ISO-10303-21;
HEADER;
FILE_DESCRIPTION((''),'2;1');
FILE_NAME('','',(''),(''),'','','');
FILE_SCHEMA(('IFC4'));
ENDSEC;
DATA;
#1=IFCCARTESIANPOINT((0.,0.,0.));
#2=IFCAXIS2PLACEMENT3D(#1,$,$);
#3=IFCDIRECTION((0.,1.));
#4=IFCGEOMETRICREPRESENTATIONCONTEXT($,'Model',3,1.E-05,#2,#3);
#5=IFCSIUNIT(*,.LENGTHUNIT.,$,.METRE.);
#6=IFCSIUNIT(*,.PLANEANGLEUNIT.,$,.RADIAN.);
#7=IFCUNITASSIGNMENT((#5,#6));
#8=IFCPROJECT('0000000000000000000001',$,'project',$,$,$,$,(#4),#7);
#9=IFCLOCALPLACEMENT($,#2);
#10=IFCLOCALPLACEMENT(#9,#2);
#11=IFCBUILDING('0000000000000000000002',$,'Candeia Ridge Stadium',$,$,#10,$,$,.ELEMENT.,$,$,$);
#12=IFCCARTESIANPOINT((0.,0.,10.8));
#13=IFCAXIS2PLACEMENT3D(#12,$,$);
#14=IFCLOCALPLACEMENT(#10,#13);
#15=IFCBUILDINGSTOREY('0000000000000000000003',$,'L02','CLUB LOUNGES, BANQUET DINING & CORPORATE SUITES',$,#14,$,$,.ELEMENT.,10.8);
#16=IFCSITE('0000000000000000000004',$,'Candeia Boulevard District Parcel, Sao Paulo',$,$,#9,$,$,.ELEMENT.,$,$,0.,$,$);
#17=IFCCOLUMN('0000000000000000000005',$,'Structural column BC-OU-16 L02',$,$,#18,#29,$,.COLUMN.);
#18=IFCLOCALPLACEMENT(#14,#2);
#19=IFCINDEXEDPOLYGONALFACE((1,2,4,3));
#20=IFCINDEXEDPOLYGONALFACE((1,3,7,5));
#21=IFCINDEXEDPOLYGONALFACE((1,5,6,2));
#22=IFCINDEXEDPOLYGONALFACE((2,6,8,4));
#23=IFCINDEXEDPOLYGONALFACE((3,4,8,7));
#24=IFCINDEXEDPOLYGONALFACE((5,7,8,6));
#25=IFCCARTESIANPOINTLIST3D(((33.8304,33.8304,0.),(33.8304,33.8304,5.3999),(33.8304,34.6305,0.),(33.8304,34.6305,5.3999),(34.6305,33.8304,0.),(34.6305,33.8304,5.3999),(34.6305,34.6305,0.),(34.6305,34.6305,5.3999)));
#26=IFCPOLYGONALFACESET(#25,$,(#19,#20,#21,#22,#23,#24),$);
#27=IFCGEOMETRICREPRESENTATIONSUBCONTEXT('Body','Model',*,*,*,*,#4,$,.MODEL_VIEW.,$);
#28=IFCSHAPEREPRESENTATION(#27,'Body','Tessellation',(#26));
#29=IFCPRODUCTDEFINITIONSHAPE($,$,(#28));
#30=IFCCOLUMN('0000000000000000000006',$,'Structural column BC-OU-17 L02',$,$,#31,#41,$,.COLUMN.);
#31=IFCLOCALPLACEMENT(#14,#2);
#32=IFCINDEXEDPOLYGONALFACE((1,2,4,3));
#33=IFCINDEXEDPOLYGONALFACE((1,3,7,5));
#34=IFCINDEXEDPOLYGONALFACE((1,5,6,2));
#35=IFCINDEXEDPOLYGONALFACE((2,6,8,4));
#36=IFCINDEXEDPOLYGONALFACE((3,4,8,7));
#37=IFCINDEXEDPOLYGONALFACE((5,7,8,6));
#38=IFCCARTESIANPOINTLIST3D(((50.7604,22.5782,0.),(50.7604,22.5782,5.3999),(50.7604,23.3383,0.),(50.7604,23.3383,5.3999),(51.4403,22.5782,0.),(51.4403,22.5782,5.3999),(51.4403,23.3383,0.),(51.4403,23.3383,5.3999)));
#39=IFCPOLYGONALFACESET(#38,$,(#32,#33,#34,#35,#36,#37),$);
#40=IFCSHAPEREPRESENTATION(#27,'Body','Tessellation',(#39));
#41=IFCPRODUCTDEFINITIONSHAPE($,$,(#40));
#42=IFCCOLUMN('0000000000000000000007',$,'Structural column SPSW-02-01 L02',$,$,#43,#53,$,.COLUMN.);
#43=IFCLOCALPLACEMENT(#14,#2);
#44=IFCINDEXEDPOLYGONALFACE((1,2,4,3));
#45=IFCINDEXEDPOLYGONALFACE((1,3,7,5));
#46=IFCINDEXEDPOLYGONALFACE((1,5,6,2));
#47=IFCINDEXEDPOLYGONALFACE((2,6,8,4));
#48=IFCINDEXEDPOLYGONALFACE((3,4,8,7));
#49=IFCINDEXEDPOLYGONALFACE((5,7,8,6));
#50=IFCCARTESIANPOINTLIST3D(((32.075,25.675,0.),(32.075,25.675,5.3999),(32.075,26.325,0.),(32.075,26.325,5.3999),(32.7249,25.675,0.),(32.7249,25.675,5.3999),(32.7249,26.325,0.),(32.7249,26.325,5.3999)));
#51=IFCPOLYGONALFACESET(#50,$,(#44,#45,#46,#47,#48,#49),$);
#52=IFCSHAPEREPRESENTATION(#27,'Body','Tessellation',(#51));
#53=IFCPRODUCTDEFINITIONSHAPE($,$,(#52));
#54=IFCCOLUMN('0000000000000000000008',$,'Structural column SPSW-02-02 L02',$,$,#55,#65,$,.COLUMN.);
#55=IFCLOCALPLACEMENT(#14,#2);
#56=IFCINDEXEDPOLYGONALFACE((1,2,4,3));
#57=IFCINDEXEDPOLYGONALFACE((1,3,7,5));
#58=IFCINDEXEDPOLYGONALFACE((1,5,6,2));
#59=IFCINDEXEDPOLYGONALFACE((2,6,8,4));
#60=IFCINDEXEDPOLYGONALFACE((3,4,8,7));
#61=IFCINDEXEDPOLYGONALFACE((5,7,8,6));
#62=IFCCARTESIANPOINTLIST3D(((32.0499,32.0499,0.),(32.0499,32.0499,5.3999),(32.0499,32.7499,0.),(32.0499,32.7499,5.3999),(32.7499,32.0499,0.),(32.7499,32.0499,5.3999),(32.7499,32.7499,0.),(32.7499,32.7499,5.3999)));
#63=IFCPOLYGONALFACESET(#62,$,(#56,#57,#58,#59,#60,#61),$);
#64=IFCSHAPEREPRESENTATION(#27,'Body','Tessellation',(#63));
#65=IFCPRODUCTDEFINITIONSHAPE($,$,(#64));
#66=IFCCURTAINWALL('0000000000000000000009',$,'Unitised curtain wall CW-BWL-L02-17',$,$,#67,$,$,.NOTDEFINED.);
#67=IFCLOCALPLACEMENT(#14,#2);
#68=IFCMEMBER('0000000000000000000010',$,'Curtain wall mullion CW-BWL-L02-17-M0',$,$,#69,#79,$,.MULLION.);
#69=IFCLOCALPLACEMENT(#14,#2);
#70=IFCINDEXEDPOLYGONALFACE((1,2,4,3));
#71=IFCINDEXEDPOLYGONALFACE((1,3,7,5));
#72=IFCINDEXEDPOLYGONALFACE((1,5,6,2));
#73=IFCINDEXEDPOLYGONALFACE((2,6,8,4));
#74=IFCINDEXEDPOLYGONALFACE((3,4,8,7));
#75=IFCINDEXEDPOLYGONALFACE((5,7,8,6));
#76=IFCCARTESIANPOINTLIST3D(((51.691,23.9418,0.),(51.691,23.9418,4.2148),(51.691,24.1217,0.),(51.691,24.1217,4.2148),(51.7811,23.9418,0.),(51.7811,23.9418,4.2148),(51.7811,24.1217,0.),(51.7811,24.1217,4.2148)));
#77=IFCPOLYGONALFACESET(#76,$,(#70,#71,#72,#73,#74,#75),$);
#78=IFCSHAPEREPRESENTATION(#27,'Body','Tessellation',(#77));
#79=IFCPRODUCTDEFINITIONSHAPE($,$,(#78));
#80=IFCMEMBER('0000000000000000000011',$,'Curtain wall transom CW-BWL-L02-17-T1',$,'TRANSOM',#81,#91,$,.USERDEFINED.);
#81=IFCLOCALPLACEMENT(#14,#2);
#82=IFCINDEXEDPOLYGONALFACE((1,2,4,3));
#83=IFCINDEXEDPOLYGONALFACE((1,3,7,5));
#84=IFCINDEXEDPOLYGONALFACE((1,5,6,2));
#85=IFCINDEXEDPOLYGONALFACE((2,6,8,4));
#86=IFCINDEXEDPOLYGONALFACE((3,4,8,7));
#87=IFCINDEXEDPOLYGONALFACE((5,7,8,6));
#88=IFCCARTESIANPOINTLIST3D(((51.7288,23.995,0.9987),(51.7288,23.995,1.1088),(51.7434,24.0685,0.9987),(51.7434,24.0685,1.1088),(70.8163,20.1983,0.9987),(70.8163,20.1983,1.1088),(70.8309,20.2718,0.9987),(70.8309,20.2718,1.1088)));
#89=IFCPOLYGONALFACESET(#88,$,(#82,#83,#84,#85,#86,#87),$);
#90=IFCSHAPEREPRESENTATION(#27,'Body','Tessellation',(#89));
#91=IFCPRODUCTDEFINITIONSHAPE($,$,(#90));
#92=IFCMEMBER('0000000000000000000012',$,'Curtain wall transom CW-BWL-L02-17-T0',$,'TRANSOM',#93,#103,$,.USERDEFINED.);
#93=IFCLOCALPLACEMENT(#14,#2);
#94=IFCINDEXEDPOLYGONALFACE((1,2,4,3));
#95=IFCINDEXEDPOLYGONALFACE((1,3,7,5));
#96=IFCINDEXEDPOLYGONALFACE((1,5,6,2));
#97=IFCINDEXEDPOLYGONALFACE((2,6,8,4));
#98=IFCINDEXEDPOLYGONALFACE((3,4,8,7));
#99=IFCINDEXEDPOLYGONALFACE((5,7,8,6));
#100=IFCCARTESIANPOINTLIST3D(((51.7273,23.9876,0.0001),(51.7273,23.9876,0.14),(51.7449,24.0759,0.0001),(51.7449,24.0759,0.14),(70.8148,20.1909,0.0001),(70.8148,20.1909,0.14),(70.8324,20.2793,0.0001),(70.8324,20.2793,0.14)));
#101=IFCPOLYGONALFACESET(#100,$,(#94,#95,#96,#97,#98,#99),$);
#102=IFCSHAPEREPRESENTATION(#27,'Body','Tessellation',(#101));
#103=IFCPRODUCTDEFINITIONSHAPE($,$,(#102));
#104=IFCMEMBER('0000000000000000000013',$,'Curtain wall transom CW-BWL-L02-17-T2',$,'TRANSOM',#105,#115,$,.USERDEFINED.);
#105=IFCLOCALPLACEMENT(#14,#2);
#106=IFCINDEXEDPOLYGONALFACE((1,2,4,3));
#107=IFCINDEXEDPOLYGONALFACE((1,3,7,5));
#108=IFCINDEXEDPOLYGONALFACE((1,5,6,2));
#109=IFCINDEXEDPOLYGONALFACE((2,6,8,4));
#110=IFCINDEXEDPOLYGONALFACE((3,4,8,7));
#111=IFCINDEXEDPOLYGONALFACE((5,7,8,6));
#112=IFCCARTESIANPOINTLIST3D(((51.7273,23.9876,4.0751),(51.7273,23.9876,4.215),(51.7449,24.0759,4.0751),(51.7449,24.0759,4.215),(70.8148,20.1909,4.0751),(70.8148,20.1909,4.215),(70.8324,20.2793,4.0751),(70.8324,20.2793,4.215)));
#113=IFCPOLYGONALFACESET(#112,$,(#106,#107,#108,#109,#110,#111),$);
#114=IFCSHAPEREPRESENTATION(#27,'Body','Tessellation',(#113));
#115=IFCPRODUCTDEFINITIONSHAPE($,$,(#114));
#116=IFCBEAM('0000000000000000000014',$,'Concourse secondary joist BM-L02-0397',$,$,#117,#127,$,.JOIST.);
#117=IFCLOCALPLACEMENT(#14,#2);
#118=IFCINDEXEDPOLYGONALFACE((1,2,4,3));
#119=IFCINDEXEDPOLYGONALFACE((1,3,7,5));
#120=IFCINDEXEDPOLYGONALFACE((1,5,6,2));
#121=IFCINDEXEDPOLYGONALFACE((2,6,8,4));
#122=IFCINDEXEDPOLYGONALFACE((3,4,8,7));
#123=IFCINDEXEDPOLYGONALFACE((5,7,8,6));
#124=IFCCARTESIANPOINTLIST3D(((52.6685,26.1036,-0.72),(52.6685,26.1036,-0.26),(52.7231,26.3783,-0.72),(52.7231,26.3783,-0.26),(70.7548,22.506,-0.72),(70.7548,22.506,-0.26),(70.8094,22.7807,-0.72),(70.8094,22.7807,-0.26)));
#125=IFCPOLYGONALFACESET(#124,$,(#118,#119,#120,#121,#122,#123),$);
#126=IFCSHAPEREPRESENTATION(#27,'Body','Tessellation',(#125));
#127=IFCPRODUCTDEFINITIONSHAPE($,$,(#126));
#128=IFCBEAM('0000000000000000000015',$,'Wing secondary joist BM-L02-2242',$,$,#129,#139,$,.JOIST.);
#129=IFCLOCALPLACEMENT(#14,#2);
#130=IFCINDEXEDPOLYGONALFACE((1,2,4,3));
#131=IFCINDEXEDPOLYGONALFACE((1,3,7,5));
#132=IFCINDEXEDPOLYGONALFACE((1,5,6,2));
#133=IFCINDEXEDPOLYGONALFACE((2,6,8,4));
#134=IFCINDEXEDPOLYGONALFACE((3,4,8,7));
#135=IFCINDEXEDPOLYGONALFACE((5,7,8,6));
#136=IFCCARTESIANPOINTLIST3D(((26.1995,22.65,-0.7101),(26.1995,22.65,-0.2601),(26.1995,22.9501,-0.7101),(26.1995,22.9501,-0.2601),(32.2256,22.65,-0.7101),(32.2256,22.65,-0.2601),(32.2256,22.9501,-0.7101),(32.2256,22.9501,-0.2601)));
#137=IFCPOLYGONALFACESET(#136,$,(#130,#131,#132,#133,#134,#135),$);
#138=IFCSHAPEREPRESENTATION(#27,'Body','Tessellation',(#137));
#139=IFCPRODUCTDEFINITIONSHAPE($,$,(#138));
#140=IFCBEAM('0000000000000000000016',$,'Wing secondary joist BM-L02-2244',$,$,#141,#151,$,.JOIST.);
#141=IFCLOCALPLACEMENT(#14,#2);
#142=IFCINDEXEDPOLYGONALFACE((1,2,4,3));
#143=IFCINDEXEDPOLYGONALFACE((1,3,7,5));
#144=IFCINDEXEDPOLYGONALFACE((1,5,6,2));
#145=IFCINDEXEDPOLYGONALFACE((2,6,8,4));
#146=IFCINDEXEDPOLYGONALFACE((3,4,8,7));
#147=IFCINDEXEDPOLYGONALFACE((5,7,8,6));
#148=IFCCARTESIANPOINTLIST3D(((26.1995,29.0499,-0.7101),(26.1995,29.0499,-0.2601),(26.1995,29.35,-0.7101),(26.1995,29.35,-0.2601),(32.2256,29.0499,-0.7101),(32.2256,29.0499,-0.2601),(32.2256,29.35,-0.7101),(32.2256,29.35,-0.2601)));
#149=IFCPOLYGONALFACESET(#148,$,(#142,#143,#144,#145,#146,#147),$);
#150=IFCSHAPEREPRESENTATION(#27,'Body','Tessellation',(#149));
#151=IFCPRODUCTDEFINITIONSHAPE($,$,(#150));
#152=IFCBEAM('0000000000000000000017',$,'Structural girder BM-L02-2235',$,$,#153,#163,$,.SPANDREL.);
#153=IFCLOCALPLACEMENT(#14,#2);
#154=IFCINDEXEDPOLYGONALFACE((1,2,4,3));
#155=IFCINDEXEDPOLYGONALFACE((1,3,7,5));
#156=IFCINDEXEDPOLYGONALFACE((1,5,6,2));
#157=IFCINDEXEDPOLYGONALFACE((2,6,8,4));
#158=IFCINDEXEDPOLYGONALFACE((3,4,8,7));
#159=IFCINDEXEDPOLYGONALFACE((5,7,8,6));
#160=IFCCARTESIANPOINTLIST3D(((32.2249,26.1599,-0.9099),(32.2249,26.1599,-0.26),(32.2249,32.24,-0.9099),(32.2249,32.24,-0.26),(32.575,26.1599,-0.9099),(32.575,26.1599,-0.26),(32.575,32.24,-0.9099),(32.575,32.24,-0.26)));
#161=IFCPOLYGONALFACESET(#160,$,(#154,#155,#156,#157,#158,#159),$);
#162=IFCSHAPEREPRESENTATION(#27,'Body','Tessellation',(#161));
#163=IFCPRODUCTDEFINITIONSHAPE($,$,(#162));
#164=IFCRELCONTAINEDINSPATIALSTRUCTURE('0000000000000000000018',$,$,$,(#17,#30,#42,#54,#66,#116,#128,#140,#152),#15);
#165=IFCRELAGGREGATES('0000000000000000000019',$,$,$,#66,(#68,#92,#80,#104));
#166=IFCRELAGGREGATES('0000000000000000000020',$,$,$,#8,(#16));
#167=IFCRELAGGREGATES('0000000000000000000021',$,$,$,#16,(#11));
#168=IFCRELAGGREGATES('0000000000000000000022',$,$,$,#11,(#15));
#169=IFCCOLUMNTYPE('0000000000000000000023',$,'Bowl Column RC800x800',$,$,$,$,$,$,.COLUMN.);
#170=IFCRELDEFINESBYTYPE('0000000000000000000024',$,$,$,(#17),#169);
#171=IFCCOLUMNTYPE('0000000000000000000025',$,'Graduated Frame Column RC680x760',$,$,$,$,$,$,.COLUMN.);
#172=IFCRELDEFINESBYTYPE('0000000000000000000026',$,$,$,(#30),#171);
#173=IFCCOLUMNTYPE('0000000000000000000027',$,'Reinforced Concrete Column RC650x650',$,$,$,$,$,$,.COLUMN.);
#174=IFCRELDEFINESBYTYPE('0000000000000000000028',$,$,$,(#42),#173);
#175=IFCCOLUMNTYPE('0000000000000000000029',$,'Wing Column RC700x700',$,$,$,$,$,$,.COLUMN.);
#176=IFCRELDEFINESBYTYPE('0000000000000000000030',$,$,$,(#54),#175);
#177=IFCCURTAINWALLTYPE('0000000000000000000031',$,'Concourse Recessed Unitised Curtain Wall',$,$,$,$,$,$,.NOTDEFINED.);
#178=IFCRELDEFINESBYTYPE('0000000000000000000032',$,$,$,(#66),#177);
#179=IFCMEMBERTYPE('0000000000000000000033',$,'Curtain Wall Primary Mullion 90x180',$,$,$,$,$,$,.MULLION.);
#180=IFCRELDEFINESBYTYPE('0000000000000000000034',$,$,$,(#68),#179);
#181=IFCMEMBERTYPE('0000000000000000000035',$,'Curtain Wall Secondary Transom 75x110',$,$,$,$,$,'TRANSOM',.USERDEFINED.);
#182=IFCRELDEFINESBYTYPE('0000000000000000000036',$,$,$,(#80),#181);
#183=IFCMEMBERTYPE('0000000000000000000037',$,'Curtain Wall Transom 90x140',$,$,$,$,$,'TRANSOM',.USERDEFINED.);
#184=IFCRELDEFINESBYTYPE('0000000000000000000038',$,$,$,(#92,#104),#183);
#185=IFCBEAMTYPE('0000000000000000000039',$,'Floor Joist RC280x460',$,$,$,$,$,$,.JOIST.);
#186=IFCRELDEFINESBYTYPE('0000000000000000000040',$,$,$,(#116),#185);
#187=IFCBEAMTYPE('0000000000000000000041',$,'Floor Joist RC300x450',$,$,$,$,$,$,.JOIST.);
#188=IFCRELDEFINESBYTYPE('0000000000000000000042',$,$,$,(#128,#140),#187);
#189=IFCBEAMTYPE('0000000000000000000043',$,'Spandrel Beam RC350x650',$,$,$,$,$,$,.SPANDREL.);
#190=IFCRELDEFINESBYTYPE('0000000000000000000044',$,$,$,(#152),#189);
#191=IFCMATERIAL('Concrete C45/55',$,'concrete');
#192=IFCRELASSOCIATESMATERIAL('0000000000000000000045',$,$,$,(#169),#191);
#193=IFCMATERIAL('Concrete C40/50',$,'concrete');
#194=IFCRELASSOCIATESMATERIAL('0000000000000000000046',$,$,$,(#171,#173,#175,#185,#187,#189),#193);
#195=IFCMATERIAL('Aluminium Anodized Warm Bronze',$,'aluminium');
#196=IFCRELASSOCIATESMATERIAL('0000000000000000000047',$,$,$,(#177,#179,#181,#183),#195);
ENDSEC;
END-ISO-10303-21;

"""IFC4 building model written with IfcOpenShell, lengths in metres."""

from ifc_helpers import new_model, si_unit, direction, frame, origin, origin_2d, place, context, subcontext, project, spatial, rectangle, extrude, material, material_profile, profile_set, type_object, element, aggregate, save


model = new_model("IFC4")

# Units and contexts
model_context = context("Model", 3, precision=1e-05, world=origin(), true_north=direction((0.0, 1.0)))
body_context = subcontext(model_context, "Body", "Model", "MODEL_VIEW")
ifc_project = project(units=[si_unit("LENGTHUNIT", "METRE"), si_unit("PLANEANGLEUNIT", "RADIAN")], contexts=[model_context])

# Site, building, storey
site_placement = place(None, origin())
site = spatial("IfcSite", under=ifc_project, at=site_placement, Name="Candeia Boulevard District Parcel, Sao Paulo", CompositionType="ELEMENT", RefElevation=0.0)
building_placement = place(site_placement, origin())
building = spatial("IfcBuilding", under=site, at=building_placement, Name="Candeia Ridge Stadium", CompositionType="ELEMENT")
storey_placement = place(building_placement, frame((0.0, 0.0, 10.8)))
storey = spatial("IfcBuildingStorey", under=building, at=storey_placement, Name="L02", Description="CLUB LOUNGES, BANQUET DINING & CORPORATE SUITES", CompositionType="ELEMENT", Elevation=10.8)

# Columns
ifc_material_1 = material(Name="Concrete C45/55", Category="concrete")
ifc_material_profile_1 = material_profile(ifc_material_1, rectangle(XDim=0.8, YDim=0.8, at=origin_2d()), Name="RC800x800", Category="concrete")
ifc_profile_set_1 = profile_set([ifc_material_profile_1], Name="Concrete C45/55")
column_type_1 = type_object("IfcColumnType", Name="Bowl Column RC800x800", PredefinedType="COLUMN", material=ifc_profile_set_1)
column_1_placement = place(storey_placement, frame((34.2305, 34.2305, 0.0), z_axis=(0.0, 0.0, 1.0), x_axis=(1.0, 0.0, 0.0)))
element("IfcColumn", 1, at=column_1_placement, inside=storey, type_object=column_type_1, Name="Structural column BC-OU-16 L02", PredefinedType="COLUMN", context=body_context, shape_type="SweptSolid", body=[
    extrude(rectangle(XDim=0.8, YDim=0.8, at=origin_2d()), origin(), (0.0, 0.0, 1.0), 5.3999),
])
ifc_material_2 = material(Name="Concrete C40/50", Category="concrete")
ifc_material_profile_2 = material_profile(ifc_material_2, rectangle(XDim=0.6799, YDim=0.76, at=origin_2d()), Name="RC680x760", Category="concrete")
ifc_profile_set_2 = profile_set([ifc_material_profile_2], Name="Concrete C40/50")
column_type_2 = type_object("IfcColumnType", Name="Graduated Frame Column RC680x760", PredefinedType="COLUMN", material=ifc_profile_set_2)
column_2_placement = place(storey_placement, frame((51.1003, 22.9583, 0.0), z_axis=(0.0, 0.0, 1.0), x_axis=(1.0, 0.0, 0.0)))
element("IfcColumn", 2, at=column_2_placement, inside=storey, type_object=column_type_2, Name="Structural column BC-OU-17 L02", PredefinedType="COLUMN", context=body_context, shape_type="SweptSolid", body=[
    extrude(rectangle(XDim=0.6799, YDim=0.76, at=origin_2d()), origin(), (0.0, 0.0, 1.0), 5.3999),
])
ifc_material_profile_3 = material_profile(ifc_material_2, rectangle(XDim=0.6499, YDim=0.6499, at=origin_2d()), Name="RC650x650", Category="concrete")
ifc_profile_set_3 = profile_set([ifc_material_profile_3], Name="Concrete C40/50")
column_type_3 = type_object("IfcColumnType", Name="Reinforced Concrete Column RC650x650", PredefinedType="COLUMN", material=ifc_profile_set_3)
column_3_placement = place(storey_placement, frame((32.3999, 26.0, 0.0), z_axis=(0.0, 0.0, 1.0), x_axis=(1.0, 0.0, 0.0)))
element("IfcColumn", 3, at=column_3_placement, inside=storey, type_object=column_type_3, Name="Structural column SPSW-02-01 L02", PredefinedType="COLUMN", context=body_context, shape_type="SweptSolid", body=[
    extrude(rectangle(XDim=0.6499, YDim=0.6499, at=origin_2d()), origin(), (0.0, 0.0, 1.0), 5.3999),
])
ifc_material_profile_4 = material_profile(ifc_material_2, rectangle(XDim=0.7, YDim=0.7, at=origin_2d()), Name="RC700x700", Category="concrete")
ifc_profile_set_4 = profile_set([ifc_material_profile_4], Name="Concrete C40/50")
column_type_4 = type_object("IfcColumnType", Name="Wing Column RC700x700", PredefinedType="COLUMN", material=ifc_profile_set_4)
column_4_placement = place(storey_placement, frame((32.3999, 32.3999, 0.0), z_axis=(0.0, 0.0, 1.0), x_axis=(1.0, 0.0, 0.0)))
element("IfcColumn", 4, at=column_4_placement, inside=storey, type_object=column_type_4, Name="Structural column SPSW-02-02 L02", PredefinedType="COLUMN", context=body_context, shape_type="SweptSolid", body=[
    extrude(rectangle(XDim=0.7, YDim=0.7, at=origin_2d()), origin(), (0.0, 0.0, 1.0), 5.3999),
])

# Curtain wall, members
ifc_material_3 = material(Name="Aluminium Anodized Warm Bronze", Category="aluminium")
curtain_wall_type = type_object("IfcCurtainWallType", Name="Concourse Recessed Unitised Curtain Wall", PredefinedType="NOTDEFINED", material=ifc_material_3)
curtain_wall_placement = place(storey_placement, origin())
curtain_wall = element("IfcCurtainWall", 5, at=curtain_wall_placement, inside=storey, type_object=curtain_wall_type, Name="Unitised curtain wall CW-BWL-L02-17", PredefinedType="NOTDEFINED")
ifc_material_profile_5 = material_profile(ifc_material_3, rectangle(XDim=0.0901, YDim=0.1799, at=origin_2d()), Name="CWM-90x180", Category="aluminium")
ifc_profile_set_5 = profile_set([ifc_material_profile_5], Name="Aluminium Anodized Warm Bronze")
member_type_1 = type_object("IfcMemberType", Name="Curtain Wall Primary Mullion 90x180", PredefinedType="MULLION", material=ifc_profile_set_5)
member_1_placement = place(storey_placement, frame((51.7361, 24.0317, 0.0), z_axis=(0.0, 0.0, 1.0), x_axis=(1.0, 0.0, 0.0)))
member_1 = element("IfcMember", 6, at=member_1_placement, type_object=member_type_1, Name="Curtain wall mullion CW-BWL-L02-17-M0", PredefinedType="MULLION", context=body_context, shape_type="SweptSolid", body=[
    extrude(rectangle(XDim=0.0901, YDim=0.1799, at=origin_2d()), origin(), (0.0, 0.0, 1.0), 4.2148),
])
ifc_material_profile_6 = material_profile(ifc_material_3, rectangle(XDim=0.075, YDim=0.1101, at=origin_2d()), Name="CWT-75x110", Category="aluminium")
ifc_profile_set_6 = profile_set([ifc_material_profile_6], Name="Aluminium Anodized Warm Bronze")
member_type_2 = type_object("IfcMemberType", Name="Curtain Wall Secondary Transom 75x110", ElementType="TRANSOM", PredefinedType="USERDEFINED", material=ifc_profile_set_6)
member_2_placement = place(storey_placement, frame((51.7361, 24.0317, 1.0537), z_axis=(0.980786, -0.195086, 0.0), x_axis=(0.195086, 0.980786, 0.0)))
member_2 = element("IfcMember", 7, at=member_2_placement, type_object=member_type_2, Name="Curtain wall transom CW-BWL-L02-17-T1", ObjectType="TRANSOM", PredefinedType="USERDEFINED", context=body_context, shape_type="SweptSolid", body=[
    extrude(rectangle(XDim=0.075, YDim=0.1101, at=origin_2d()), origin(), (0.0, 0.0, 1.0), 19.4614),
])
ifc_material_profile_7 = material_profile(ifc_material_3, rectangle(XDim=0.0901, YDim=0.1399, at=origin_2d()), Name="CWT-90x140", Category="aluminium")
ifc_profile_set_7 = profile_set([ifc_material_profile_7], Name="Aluminium Anodized Warm Bronze")
member_type_3 = type_object("IfcMemberType", Name="Curtain Wall Transom 90x140", ElementType="TRANSOM", PredefinedType="USERDEFINED", material=ifc_profile_set_7)
member_3_placement = place(storey_placement, frame((51.7361, 24.0317, 0.0701), z_axis=(0.980786, -0.195086, 0.0), x_axis=(0.195086, 0.980786, 0.0)))
member_3 = element("IfcMember", 8, at=member_3_placement, type_object=member_type_3, Name="Curtain wall transom CW-BWL-L02-17-T0", ObjectType="TRANSOM", PredefinedType="USERDEFINED", context=body_context, shape_type="SweptSolid", body=[
    extrude(rectangle(XDim=0.0901, YDim=0.1399, at=origin_2d()), origin(), (0.0, 0.0, 1.0), 19.4614),
])
member_4_placement = place(storey_placement, frame((51.7361, 24.0317, 4.145), z_axis=(0.980786, -0.195086, 0.0), x_axis=(0.195086, 0.980786, 0.0)))
member_4 = element("IfcMember", 9, at=member_4_placement, type_object=member_type_3, Name="Curtain wall transom CW-BWL-L02-17-T2", ObjectType="TRANSOM", PredefinedType="USERDEFINED", context=body_context, shape_type="SweptSolid", body=[
    extrude(rectangle(XDim=0.0901, YDim=0.1399, at=origin_2d()), origin(), (0.0, 0.0, 1.0), 19.4614),
])
aggregate(curtain_wall, [member_1, member_3, member_2, member_4])

# Beams
ifc_material_profile_8 = material_profile(ifc_material_2, rectangle(XDim=0.28, YDim=0.46, at=origin_2d()), Name="RC280x460", Category="concrete")
ifc_profile_set_8 = profile_set([ifc_material_profile_8], Name="Concrete C40/50")
beam_type_1 = type_object("IfcBeamType", Name="Floor Joist RC280x460", PredefinedType="JOIST", material=ifc_profile_set_8)
beam_1_placement = place(storey_placement, frame((52.6958, 26.241, -0.49), z_axis=(0.980785, -0.195093, 0.0), x_axis=(0.195093, 0.980785, 0.0)))
element("IfcBeam", 10, at=beam_1_placement, inside=storey, type_object=beam_type_1, Name="Concourse secondary joist BM-L02-0397", PredefinedType="JOIST", context=body_context, shape_type="SweptSolid", body=[
    extrude(rectangle(XDim=0.28, YDim=0.46, at=origin_2d()), origin(), (0.0, 0.0, 1.0), 18.4407),
])
ifc_material_profile_9 = material_profile(ifc_material_2, rectangle(XDim=0.3, YDim=0.45, at=origin_2d()), Name="RC300x450", Category="concrete")
ifc_profile_set_9 = profile_set([ifc_material_profile_9], Name="Concrete C40/50")
beam_type_2 = type_object("IfcBeamType", Name="Floor Joist RC300x450", PredefinedType="JOIST", material=ifc_profile_set_9)
for number, where, z_axis, x_axis, name in (
    (11, (26.1995, 22.8, -0.4851), (1.0, 0.0, 0.0), (0.0, 1.0, 0.0), "Wing secondary joist BM-L02-2242"),
    (12, (26.1995, 29.2, -0.4851), (1.0, 0.0, 0.0), (0.0, 1.0, 0.0), "Wing secondary joist BM-L02-2244"),
):
    element("IfcBeam", number, at=place(storey_placement, frame(where, z_axis=z_axis, x_axis=x_axis)), inside=storey, type_object=beam_type_2, Name=name, PredefinedType="JOIST", context=body_context, shape_type="SweptSolid", body=[
        extrude(rectangle(XDim=0.3, YDim=0.45, at=origin_2d()), origin(), (0.0, 0.0, 1.0), 6.0261),
    ])
ifc_material_profile_10 = material_profile(ifc_material_2, rectangle(XDim=0.3501, YDim=0.6499, at=origin_2d()), Name="RC350x650", Category="concrete")
ifc_profile_set_10 = profile_set([ifc_material_profile_10], Name="Concrete C40/50")
beam_type_3 = type_object("IfcBeamType", Name="Spandrel Beam RC350x650", PredefinedType="SPANDREL", material=ifc_profile_set_10)
beam_2_placement = place(storey_placement, frame((32.3999, 26.1599, -0.585), z_axis=(0.0, 1.0, 0.0), x_axis=(-1.0, 0.0, 0.0)))
element("IfcBeam", 13, at=beam_2_placement, inside=storey, type_object=beam_type_3, Name="Structural girder BM-L02-2235", PredefinedType="SPANDREL", context=body_context, shape_type="SweptSolid", body=[
    extrude(rectangle(XDim=0.3501, YDim=0.6499, at=origin_2d()), origin(), (0.0, 0.0, 1.0), 6.0801),
])

save(model, "model.ifc")
